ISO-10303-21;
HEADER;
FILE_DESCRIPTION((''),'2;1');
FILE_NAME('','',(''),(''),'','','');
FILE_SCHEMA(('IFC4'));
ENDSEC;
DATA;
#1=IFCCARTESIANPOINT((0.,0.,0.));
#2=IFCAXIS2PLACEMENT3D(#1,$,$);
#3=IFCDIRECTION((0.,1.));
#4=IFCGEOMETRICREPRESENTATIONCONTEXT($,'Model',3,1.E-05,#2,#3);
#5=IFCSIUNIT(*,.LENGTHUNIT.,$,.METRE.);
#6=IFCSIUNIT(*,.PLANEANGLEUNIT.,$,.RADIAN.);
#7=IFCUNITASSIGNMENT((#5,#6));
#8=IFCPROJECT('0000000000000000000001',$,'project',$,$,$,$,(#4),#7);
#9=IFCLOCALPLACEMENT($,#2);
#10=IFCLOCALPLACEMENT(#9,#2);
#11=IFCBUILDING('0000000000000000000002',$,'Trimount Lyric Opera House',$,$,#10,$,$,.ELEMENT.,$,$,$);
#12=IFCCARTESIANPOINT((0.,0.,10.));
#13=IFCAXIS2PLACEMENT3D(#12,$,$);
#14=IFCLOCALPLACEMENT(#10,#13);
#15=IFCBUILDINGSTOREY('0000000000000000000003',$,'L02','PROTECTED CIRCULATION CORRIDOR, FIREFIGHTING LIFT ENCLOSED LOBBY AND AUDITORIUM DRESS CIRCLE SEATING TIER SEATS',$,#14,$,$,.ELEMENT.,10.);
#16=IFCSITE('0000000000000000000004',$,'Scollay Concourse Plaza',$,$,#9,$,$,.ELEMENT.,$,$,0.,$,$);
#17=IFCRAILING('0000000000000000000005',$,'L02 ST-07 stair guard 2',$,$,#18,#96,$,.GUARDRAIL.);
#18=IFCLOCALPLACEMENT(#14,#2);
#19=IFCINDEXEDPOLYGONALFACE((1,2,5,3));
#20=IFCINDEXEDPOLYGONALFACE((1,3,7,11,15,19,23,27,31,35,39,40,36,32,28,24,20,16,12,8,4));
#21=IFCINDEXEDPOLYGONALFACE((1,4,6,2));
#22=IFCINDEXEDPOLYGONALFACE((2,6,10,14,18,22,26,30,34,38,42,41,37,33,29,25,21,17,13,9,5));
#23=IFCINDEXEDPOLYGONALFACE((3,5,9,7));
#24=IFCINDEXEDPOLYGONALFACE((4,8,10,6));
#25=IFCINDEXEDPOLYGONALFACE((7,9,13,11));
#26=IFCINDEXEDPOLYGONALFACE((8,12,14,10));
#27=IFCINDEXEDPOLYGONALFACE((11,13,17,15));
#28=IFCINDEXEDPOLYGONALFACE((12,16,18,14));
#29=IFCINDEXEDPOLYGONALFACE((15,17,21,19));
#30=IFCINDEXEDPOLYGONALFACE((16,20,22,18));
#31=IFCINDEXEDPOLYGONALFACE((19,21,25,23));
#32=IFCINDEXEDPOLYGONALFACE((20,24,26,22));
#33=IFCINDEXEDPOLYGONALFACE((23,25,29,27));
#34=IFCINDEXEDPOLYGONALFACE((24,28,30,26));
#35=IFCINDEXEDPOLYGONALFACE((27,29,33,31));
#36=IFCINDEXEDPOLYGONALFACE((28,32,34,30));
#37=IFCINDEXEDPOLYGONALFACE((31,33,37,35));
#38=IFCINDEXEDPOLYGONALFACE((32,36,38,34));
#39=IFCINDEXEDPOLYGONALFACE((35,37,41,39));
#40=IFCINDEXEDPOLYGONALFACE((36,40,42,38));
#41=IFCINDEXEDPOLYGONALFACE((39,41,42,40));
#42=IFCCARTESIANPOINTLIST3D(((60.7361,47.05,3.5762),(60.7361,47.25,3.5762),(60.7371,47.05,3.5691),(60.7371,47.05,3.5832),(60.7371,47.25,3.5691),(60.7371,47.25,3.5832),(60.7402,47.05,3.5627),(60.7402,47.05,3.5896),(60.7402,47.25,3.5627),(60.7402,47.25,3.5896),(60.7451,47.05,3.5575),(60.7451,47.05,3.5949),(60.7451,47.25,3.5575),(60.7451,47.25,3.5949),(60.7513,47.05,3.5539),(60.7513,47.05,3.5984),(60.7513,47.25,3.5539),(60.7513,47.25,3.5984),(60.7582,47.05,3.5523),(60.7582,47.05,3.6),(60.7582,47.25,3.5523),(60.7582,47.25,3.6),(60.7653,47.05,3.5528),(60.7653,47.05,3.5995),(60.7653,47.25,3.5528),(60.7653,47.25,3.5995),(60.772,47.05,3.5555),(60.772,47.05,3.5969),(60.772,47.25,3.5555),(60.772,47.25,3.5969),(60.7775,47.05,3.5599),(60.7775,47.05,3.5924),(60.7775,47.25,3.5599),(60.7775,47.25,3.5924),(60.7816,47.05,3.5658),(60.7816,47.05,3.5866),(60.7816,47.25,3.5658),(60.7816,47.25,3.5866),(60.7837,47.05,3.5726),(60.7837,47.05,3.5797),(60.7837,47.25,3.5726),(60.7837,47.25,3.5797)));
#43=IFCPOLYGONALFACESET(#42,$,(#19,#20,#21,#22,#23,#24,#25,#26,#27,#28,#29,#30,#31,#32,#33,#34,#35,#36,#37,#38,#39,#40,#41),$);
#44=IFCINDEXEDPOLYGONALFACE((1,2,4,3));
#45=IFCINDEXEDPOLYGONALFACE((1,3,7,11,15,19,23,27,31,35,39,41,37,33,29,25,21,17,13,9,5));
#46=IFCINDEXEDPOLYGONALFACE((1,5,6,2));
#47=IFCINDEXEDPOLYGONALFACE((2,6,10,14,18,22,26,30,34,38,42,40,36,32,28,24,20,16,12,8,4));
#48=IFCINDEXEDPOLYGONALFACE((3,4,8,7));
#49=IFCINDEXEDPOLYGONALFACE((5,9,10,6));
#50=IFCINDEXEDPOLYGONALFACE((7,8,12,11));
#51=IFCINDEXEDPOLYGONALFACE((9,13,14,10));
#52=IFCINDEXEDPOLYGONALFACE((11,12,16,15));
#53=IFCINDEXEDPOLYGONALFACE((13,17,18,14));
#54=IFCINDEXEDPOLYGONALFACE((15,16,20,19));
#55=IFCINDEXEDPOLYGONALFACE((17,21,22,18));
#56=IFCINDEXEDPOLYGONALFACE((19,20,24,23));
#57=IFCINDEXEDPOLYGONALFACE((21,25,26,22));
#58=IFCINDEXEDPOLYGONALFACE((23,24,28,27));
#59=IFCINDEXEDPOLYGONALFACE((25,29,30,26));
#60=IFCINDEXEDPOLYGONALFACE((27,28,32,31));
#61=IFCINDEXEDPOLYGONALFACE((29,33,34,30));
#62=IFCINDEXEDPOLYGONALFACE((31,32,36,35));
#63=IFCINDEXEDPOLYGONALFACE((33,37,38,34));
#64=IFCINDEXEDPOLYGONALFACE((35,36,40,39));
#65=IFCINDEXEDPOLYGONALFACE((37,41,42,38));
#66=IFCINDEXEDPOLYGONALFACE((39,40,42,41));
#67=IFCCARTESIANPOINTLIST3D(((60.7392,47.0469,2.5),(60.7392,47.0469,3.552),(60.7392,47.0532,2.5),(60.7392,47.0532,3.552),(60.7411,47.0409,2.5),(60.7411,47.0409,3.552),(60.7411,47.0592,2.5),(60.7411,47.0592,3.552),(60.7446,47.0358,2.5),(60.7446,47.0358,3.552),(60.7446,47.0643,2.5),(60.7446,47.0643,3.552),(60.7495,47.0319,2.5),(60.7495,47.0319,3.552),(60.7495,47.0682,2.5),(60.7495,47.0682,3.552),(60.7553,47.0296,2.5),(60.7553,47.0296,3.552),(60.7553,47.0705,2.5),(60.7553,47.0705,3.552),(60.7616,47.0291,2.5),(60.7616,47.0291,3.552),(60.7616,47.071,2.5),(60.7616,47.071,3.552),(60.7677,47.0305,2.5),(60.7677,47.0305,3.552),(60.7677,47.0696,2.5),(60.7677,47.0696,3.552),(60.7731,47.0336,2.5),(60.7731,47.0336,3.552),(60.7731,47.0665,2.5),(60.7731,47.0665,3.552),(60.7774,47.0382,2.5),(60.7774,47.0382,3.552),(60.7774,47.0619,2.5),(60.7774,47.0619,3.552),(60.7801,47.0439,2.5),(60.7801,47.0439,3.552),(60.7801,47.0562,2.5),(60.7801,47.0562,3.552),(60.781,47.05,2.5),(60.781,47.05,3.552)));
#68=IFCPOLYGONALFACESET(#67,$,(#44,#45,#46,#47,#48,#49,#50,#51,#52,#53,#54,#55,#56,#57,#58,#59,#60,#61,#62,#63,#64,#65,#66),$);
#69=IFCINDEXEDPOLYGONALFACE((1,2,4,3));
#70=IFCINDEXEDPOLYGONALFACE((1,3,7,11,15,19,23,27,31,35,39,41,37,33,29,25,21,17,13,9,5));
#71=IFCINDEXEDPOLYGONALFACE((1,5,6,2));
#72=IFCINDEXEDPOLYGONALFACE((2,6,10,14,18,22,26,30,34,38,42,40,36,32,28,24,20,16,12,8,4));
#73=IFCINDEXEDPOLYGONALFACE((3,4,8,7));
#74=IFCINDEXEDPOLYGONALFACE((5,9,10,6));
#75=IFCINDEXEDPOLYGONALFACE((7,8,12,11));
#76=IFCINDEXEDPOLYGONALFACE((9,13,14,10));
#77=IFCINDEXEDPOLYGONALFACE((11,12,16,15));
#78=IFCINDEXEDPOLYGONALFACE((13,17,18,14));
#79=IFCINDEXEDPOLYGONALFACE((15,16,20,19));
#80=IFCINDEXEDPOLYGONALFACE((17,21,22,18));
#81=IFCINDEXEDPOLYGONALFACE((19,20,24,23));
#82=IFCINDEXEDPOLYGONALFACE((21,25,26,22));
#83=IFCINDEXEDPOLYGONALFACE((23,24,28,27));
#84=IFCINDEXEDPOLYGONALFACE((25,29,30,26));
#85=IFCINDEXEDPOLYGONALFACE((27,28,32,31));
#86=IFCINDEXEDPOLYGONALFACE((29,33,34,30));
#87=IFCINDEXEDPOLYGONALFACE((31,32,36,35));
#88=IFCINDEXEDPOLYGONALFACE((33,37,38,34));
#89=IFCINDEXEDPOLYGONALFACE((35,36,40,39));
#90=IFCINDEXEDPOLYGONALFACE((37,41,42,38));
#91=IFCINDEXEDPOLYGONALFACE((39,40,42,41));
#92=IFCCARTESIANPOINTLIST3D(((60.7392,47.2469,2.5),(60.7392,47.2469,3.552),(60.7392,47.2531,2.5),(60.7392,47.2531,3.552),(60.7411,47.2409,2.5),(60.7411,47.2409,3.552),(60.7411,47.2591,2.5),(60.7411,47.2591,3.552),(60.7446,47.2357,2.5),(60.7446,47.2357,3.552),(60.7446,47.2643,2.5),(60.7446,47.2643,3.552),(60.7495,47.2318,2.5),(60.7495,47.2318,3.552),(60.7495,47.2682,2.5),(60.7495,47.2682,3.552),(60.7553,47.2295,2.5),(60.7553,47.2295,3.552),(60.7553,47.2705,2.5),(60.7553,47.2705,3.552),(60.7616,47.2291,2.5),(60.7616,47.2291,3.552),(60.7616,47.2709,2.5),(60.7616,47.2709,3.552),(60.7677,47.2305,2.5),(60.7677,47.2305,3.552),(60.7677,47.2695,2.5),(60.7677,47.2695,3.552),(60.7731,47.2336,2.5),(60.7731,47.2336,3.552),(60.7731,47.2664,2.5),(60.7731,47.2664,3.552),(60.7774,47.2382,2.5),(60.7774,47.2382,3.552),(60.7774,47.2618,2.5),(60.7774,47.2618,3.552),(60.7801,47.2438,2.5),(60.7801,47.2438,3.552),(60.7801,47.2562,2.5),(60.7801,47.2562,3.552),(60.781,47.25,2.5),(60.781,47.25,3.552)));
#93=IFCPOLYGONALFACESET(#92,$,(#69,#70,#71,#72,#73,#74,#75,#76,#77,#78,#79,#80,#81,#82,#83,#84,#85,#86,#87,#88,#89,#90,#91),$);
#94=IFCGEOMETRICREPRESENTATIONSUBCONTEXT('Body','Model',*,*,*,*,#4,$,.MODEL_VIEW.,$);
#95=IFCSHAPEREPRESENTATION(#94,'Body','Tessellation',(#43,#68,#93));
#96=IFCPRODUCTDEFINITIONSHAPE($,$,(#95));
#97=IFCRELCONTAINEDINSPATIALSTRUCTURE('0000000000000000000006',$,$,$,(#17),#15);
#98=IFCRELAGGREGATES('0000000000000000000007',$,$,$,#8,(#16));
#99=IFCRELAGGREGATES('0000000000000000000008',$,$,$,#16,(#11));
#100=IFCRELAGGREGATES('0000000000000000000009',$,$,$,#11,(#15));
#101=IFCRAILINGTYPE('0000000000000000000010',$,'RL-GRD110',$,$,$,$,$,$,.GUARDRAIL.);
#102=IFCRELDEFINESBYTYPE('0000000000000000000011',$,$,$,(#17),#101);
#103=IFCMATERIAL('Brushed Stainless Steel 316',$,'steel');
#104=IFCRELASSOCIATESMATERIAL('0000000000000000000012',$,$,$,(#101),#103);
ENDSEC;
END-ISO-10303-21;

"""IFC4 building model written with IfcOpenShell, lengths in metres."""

from ifc_helpers import new_model, si_unit, direction, frame, origin, origin_2d, place, context, subcontext, project, spatial, circle, extrude, material, type_object, element, save


model = new_model("IFC4")

# Units and contexts
model_context = context("Model", 3, precision=1e-05, world=origin(), true_north=direction((0.0, 1.0)))
body_context = subcontext(model_context, "Body", "Model", "MODEL_VIEW")
ifc_project = project(units=[si_unit("LENGTHUNIT", "METRE"), si_unit("PLANEANGLEUNIT", "RADIAN")], contexts=[model_context])

# Site, building, storey
site_placement = place(None, origin())
site = spatial("IfcSite", under=ifc_project, at=site_placement, Name="Scollay Concourse Plaza", CompositionType="ELEMENT", RefElevation=0.0)
building_placement = place(site_placement, origin())
building = spatial("IfcBuilding", under=site, at=building_placement, Name="Trimount Lyric Opera House", CompositionType="ELEMENT")
storey_placement = place(building_placement, frame((0.0, 0.0, 10.0)))
storey = spatial("IfcBuildingStorey", under=building, at=storey_placement, Name="L02", Description="PROTECTED CIRCULATION CORRIDOR, FIREFIGHTING LIFT ENCLOSED LOBBY AND AUDITORIUM DRESS CIRCLE SEATING TIER SEATS", CompositionType="ELEMENT", Elevation=10.0)

# Railing
ifc_material_1 = material(Name="Brushed Stainless Steel 316", Category="steel")
railing_type_1 = type_object("IfcRailingType", Name="RL-GRD110", PredefinedType="GUARDRAIL", material=ifc_material_1)
railing_1_placement = place(storey_placement, frame((60.76, 47.05, 2.5)))
element("IfcRailing", 1, at=railing_1_placement, inside=storey, type_object=railing_type_1, Name="L02 ST-07 stair guard 2", PredefinedType="GUARDRAIL", context=body_context, shape_type="SweptSolid", body=[
    extrude(circle(Radius=0.0239, at=origin_2d()), frame((0.0, 0.0, 1.0762), z_axis=(0.0, 1.0, 0.0), x_axis=(-1.0, 0.0, 0.0)), (0.0, 0.0, 1.0), 0.2),
    extrude(circle(Radius=0.021, at=origin_2d()), origin(), (0.0, 0.0, 1.0), 1.052),
    extrude(circle(Radius=0.021, at=origin_2d()), frame((0.0, 0.2, 0.0)), (0.0, 0.0, 1.0), 1.052),
])

save(model, "model.ifc")
